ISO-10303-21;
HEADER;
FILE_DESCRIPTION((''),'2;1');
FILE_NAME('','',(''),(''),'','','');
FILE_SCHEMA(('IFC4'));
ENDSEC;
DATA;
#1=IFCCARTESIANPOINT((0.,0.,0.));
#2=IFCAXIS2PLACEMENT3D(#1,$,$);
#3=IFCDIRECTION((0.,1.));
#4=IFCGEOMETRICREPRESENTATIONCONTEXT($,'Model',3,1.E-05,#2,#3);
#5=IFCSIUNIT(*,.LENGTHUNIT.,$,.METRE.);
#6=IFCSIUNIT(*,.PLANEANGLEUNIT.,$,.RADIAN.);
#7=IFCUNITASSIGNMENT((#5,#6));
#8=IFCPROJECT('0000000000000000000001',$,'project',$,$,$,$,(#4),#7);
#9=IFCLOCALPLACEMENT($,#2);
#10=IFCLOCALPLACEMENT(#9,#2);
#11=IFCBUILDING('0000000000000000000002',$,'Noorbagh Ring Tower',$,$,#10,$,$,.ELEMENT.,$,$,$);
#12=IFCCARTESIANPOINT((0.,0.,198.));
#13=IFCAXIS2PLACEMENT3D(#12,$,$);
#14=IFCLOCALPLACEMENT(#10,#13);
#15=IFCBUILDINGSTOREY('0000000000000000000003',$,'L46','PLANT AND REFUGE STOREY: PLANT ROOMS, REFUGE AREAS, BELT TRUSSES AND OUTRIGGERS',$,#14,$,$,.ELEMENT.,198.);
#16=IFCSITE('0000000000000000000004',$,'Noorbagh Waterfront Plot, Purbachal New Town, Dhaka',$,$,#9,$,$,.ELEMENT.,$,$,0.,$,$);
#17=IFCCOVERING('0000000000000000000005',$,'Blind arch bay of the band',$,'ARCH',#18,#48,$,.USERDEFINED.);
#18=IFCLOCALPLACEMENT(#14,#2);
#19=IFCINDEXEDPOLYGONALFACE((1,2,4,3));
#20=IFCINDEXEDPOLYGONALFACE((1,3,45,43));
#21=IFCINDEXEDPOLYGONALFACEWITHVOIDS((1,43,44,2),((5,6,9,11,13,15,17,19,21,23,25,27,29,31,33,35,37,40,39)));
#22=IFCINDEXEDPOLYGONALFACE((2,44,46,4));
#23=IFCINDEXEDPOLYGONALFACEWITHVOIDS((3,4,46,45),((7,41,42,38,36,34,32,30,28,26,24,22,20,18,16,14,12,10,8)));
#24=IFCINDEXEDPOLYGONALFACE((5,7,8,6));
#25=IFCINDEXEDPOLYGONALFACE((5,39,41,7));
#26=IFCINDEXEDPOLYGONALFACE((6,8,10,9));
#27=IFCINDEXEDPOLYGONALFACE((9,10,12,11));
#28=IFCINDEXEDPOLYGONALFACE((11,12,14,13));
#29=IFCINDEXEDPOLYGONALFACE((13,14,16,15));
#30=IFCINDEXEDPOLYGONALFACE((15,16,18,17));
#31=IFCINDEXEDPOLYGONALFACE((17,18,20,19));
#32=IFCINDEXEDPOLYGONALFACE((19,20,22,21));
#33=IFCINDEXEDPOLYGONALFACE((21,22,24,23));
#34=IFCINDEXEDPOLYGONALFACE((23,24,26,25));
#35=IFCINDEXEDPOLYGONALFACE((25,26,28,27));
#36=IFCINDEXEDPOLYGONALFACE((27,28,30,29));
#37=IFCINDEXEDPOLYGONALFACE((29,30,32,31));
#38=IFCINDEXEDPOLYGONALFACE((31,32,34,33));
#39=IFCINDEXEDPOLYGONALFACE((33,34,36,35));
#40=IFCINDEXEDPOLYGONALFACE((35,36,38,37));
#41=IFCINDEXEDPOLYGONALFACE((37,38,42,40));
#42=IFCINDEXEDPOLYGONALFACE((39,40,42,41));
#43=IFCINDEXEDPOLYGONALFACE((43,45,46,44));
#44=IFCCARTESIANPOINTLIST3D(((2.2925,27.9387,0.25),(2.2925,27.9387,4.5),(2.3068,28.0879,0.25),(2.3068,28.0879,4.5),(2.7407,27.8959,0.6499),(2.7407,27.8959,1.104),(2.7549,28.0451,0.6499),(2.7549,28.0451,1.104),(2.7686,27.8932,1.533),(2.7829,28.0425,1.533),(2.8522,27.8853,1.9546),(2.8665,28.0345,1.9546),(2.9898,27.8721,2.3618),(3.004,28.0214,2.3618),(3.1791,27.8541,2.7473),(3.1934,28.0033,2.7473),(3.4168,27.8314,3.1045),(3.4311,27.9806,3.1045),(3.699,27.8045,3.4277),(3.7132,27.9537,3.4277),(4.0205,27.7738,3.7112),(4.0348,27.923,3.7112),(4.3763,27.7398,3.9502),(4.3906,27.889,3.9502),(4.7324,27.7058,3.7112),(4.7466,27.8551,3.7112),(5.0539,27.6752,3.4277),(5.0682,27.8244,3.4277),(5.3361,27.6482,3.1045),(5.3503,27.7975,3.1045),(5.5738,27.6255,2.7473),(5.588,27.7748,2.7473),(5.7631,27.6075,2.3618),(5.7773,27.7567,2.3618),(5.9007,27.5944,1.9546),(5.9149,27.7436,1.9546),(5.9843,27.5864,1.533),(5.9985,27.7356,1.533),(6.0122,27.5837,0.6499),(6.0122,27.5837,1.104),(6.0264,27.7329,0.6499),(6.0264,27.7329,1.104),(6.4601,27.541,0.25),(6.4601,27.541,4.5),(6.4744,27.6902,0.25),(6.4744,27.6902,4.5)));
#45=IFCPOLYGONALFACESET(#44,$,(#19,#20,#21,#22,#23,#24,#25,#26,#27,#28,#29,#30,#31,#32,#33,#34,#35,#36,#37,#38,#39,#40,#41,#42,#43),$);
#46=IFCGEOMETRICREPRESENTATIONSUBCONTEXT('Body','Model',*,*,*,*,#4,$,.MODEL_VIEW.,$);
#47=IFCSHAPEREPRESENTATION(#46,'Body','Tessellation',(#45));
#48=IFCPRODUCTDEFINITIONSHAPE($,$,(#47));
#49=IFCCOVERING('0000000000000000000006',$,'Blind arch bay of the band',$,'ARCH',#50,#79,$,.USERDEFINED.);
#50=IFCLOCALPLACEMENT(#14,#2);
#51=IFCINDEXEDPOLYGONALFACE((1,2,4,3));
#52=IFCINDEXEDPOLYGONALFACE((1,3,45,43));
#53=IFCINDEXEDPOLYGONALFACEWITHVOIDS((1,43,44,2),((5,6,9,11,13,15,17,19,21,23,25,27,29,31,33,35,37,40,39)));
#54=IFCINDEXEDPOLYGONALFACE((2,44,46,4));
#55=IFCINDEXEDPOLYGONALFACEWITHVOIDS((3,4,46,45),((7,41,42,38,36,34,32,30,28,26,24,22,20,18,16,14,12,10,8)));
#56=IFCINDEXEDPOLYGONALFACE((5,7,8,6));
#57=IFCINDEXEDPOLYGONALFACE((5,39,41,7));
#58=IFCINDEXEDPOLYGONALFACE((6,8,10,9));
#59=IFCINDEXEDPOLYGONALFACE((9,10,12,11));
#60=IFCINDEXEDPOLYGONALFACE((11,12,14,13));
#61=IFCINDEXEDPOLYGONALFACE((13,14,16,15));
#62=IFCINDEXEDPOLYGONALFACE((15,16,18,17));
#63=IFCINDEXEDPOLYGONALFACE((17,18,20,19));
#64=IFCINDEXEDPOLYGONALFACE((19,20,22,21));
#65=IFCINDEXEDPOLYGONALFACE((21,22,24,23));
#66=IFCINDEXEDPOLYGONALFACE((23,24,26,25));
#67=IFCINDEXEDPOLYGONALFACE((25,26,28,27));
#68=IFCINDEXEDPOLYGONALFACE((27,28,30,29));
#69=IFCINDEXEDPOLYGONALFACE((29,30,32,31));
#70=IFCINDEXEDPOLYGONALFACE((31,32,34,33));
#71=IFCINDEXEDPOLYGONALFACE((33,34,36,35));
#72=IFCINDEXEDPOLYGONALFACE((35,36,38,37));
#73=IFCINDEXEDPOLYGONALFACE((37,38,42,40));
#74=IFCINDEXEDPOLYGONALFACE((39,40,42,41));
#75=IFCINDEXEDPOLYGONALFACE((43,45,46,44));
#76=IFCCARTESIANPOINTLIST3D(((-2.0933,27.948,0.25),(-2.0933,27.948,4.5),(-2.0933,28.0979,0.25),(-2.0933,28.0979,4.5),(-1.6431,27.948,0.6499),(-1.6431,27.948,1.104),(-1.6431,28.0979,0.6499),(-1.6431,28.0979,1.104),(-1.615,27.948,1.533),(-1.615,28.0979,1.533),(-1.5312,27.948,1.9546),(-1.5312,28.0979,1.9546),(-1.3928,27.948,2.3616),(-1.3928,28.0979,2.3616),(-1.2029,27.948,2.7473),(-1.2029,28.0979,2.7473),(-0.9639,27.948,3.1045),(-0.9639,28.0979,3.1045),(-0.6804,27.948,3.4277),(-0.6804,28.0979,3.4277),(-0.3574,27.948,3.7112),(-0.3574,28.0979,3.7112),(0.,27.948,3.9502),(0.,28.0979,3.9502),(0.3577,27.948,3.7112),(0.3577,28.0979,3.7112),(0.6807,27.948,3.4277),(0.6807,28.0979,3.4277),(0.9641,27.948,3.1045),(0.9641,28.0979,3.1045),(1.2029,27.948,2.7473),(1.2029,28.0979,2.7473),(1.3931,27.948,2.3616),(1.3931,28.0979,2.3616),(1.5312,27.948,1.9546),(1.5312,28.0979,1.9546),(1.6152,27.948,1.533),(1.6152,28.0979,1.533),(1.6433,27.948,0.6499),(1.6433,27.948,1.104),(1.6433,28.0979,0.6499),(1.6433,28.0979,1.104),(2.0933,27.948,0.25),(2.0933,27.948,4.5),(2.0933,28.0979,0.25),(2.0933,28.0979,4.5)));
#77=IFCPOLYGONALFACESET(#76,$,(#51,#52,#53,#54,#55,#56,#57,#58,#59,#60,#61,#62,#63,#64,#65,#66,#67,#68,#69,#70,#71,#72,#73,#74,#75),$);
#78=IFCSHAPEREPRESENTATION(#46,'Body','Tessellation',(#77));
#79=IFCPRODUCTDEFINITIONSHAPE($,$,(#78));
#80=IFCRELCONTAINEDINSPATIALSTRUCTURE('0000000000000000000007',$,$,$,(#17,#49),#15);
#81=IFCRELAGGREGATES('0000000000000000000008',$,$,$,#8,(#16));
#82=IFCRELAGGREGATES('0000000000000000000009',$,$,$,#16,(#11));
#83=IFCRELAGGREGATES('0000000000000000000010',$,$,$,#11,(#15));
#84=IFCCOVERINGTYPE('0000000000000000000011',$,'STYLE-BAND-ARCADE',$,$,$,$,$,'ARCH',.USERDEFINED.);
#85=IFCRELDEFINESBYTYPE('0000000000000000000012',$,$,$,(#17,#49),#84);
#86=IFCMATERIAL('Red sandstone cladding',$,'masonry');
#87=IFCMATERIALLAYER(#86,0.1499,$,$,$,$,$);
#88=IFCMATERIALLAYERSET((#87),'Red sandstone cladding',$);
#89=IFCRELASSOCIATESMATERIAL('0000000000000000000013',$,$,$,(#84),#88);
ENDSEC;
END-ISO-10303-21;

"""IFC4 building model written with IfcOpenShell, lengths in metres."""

from ifc_helpers import new_model, si_unit, direction, frame, origin, place, context, subcontext, project, spatial, polyline, outline, extrude, material, layer, layer_set, type_object, element, save


model = new_model("IFC4")

# Units and contexts
model_context = context("Model", 3, precision=1e-05, world=origin(), true_north=direction((0.0, 1.0)))
body_context = subcontext(model_context, "Body", "Model", "MODEL_VIEW")
ifc_project = project(units=[si_unit("LENGTHUNIT", "METRE"), si_unit("PLANEANGLEUNIT", "RADIAN")], contexts=[model_context])

# Site, building, storey
site_placement = place(None, origin())
site = spatial("IfcSite", under=ifc_project, at=site_placement, Name="Noorbagh Waterfront Plot, Purbachal New Town, Dhaka", CompositionType="ELEMENT", RefElevation=0.0)
building_placement = place(site_placement, origin())
building = spatial("IfcBuilding", under=site, at=building_placement, Name="Noorbagh Ring Tower", CompositionType="ELEMENT")
storey_placement = place(building_placement, frame((0.0, 0.0, 198.0)))
storey = spatial("IfcBuildingStorey", under=building, at=storey_placement, Name="L46", Description="PLANT AND REFUGE STOREY: PLANT ROOMS, REFUGE AREAS, BELT TRUSSES AND OUTRIGGERS", CompositionType="ELEMENT", Elevation=198.0)

# Coverings
ifc_material_1 = material(Name="Red sandstone cladding", Category="masonry")
ifc_layer_1 = layer(ifc_material_1, 0.1499)
ifc_layer_set_1 = layer_set([ifc_layer_1], Name="Red sandstone cladding")
covering_type_1 = type_object("IfcCoveringType", Name="STYLE-BAND-ARCADE", ElementType="ARCH", PredefinedType="USERDEFINED", material=ifc_layer_set_1)
covering_1_placement = place(storey_placement, frame((6.4744, 27.6902, 0.25), z_axis=(0.094999, 0.995477, 0.0), x_axis=(-0.995477, 0.094999, 0.0)))
element("IfcCovering", 1, at=covering_1_placement, inside=storey, type_object=covering_type_1, Name="Blind arch bay of the band", ObjectType="ARCH", PredefinedType="USERDEFINED", context=body_context, shape_type="SweptSolid", body=[
    extrude(outline(polyline([(0.0, 0.0), (4.1865, 0.0), (4.1865, 4.25), (0.0, 4.25), (0.0, 0.0)]), holes=[polyline([(0.45, 0.3999), (0.45, 0.854), (0.478, 1.283), (0.562, 1.7046), (0.7002, 2.1118), (0.8904, 2.4973), (1.1292, 2.8545), (1.4126, 3.1777), (1.7356, 3.4612), (2.0933, 3.7002), (2.4507, 3.4612), (2.7737, 3.1777), (3.0571, 2.8545), (3.2959, 2.4973), (3.4861, 2.1118), (3.6243, 1.7046), (3.7083, 1.283), (3.7363, 0.854), (3.7363, 0.3999), (0.45, 0.3999)])]), origin(), (0.0, 0.0, -1.0), 0.1499),
])
covering_2_placement = place(storey_placement, frame((2.0933, 28.0979, 0.25), z_axis=(0.0, 1.0, 0.0), x_axis=(-1.0, 0.0, 0.0)))
element("IfcCovering", 2, at=covering_2_placement, inside=storey, type_object=covering_type_1, Name="Blind arch bay of the band", ObjectType="ARCH", PredefinedType="USERDEFINED", context=body_context, shape_type="SweptSolid", body=[
    extrude(outline(polyline([(0.0, 0.0), (4.1865, 0.0), (4.1865, 4.25), (0.0, 4.25), (0.0, 0.0)]), holes=[polyline([(0.45, 0.3999), (0.45, 0.854), (0.478, 1.283), (0.562, 1.7046), (0.7002, 2.1116), (0.8904, 2.4973), (1.1292, 2.8545), (1.4126, 3.1777), (1.7356, 3.4612), (2.0933, 3.7002), (2.4507, 3.4612), (2.7737, 3.1777), (3.0571, 2.8545), (3.2961, 2.4973), (3.4861, 2.1116), (3.6245, 1.7046), (3.7083, 1.283), (3.7363, 0.854), (3.7363, 0.3999), (0.45, 0.3999)])]), origin(), (0.0, 0.0, -1.0), 0.1499),
])

save(model, "model.ifc")
